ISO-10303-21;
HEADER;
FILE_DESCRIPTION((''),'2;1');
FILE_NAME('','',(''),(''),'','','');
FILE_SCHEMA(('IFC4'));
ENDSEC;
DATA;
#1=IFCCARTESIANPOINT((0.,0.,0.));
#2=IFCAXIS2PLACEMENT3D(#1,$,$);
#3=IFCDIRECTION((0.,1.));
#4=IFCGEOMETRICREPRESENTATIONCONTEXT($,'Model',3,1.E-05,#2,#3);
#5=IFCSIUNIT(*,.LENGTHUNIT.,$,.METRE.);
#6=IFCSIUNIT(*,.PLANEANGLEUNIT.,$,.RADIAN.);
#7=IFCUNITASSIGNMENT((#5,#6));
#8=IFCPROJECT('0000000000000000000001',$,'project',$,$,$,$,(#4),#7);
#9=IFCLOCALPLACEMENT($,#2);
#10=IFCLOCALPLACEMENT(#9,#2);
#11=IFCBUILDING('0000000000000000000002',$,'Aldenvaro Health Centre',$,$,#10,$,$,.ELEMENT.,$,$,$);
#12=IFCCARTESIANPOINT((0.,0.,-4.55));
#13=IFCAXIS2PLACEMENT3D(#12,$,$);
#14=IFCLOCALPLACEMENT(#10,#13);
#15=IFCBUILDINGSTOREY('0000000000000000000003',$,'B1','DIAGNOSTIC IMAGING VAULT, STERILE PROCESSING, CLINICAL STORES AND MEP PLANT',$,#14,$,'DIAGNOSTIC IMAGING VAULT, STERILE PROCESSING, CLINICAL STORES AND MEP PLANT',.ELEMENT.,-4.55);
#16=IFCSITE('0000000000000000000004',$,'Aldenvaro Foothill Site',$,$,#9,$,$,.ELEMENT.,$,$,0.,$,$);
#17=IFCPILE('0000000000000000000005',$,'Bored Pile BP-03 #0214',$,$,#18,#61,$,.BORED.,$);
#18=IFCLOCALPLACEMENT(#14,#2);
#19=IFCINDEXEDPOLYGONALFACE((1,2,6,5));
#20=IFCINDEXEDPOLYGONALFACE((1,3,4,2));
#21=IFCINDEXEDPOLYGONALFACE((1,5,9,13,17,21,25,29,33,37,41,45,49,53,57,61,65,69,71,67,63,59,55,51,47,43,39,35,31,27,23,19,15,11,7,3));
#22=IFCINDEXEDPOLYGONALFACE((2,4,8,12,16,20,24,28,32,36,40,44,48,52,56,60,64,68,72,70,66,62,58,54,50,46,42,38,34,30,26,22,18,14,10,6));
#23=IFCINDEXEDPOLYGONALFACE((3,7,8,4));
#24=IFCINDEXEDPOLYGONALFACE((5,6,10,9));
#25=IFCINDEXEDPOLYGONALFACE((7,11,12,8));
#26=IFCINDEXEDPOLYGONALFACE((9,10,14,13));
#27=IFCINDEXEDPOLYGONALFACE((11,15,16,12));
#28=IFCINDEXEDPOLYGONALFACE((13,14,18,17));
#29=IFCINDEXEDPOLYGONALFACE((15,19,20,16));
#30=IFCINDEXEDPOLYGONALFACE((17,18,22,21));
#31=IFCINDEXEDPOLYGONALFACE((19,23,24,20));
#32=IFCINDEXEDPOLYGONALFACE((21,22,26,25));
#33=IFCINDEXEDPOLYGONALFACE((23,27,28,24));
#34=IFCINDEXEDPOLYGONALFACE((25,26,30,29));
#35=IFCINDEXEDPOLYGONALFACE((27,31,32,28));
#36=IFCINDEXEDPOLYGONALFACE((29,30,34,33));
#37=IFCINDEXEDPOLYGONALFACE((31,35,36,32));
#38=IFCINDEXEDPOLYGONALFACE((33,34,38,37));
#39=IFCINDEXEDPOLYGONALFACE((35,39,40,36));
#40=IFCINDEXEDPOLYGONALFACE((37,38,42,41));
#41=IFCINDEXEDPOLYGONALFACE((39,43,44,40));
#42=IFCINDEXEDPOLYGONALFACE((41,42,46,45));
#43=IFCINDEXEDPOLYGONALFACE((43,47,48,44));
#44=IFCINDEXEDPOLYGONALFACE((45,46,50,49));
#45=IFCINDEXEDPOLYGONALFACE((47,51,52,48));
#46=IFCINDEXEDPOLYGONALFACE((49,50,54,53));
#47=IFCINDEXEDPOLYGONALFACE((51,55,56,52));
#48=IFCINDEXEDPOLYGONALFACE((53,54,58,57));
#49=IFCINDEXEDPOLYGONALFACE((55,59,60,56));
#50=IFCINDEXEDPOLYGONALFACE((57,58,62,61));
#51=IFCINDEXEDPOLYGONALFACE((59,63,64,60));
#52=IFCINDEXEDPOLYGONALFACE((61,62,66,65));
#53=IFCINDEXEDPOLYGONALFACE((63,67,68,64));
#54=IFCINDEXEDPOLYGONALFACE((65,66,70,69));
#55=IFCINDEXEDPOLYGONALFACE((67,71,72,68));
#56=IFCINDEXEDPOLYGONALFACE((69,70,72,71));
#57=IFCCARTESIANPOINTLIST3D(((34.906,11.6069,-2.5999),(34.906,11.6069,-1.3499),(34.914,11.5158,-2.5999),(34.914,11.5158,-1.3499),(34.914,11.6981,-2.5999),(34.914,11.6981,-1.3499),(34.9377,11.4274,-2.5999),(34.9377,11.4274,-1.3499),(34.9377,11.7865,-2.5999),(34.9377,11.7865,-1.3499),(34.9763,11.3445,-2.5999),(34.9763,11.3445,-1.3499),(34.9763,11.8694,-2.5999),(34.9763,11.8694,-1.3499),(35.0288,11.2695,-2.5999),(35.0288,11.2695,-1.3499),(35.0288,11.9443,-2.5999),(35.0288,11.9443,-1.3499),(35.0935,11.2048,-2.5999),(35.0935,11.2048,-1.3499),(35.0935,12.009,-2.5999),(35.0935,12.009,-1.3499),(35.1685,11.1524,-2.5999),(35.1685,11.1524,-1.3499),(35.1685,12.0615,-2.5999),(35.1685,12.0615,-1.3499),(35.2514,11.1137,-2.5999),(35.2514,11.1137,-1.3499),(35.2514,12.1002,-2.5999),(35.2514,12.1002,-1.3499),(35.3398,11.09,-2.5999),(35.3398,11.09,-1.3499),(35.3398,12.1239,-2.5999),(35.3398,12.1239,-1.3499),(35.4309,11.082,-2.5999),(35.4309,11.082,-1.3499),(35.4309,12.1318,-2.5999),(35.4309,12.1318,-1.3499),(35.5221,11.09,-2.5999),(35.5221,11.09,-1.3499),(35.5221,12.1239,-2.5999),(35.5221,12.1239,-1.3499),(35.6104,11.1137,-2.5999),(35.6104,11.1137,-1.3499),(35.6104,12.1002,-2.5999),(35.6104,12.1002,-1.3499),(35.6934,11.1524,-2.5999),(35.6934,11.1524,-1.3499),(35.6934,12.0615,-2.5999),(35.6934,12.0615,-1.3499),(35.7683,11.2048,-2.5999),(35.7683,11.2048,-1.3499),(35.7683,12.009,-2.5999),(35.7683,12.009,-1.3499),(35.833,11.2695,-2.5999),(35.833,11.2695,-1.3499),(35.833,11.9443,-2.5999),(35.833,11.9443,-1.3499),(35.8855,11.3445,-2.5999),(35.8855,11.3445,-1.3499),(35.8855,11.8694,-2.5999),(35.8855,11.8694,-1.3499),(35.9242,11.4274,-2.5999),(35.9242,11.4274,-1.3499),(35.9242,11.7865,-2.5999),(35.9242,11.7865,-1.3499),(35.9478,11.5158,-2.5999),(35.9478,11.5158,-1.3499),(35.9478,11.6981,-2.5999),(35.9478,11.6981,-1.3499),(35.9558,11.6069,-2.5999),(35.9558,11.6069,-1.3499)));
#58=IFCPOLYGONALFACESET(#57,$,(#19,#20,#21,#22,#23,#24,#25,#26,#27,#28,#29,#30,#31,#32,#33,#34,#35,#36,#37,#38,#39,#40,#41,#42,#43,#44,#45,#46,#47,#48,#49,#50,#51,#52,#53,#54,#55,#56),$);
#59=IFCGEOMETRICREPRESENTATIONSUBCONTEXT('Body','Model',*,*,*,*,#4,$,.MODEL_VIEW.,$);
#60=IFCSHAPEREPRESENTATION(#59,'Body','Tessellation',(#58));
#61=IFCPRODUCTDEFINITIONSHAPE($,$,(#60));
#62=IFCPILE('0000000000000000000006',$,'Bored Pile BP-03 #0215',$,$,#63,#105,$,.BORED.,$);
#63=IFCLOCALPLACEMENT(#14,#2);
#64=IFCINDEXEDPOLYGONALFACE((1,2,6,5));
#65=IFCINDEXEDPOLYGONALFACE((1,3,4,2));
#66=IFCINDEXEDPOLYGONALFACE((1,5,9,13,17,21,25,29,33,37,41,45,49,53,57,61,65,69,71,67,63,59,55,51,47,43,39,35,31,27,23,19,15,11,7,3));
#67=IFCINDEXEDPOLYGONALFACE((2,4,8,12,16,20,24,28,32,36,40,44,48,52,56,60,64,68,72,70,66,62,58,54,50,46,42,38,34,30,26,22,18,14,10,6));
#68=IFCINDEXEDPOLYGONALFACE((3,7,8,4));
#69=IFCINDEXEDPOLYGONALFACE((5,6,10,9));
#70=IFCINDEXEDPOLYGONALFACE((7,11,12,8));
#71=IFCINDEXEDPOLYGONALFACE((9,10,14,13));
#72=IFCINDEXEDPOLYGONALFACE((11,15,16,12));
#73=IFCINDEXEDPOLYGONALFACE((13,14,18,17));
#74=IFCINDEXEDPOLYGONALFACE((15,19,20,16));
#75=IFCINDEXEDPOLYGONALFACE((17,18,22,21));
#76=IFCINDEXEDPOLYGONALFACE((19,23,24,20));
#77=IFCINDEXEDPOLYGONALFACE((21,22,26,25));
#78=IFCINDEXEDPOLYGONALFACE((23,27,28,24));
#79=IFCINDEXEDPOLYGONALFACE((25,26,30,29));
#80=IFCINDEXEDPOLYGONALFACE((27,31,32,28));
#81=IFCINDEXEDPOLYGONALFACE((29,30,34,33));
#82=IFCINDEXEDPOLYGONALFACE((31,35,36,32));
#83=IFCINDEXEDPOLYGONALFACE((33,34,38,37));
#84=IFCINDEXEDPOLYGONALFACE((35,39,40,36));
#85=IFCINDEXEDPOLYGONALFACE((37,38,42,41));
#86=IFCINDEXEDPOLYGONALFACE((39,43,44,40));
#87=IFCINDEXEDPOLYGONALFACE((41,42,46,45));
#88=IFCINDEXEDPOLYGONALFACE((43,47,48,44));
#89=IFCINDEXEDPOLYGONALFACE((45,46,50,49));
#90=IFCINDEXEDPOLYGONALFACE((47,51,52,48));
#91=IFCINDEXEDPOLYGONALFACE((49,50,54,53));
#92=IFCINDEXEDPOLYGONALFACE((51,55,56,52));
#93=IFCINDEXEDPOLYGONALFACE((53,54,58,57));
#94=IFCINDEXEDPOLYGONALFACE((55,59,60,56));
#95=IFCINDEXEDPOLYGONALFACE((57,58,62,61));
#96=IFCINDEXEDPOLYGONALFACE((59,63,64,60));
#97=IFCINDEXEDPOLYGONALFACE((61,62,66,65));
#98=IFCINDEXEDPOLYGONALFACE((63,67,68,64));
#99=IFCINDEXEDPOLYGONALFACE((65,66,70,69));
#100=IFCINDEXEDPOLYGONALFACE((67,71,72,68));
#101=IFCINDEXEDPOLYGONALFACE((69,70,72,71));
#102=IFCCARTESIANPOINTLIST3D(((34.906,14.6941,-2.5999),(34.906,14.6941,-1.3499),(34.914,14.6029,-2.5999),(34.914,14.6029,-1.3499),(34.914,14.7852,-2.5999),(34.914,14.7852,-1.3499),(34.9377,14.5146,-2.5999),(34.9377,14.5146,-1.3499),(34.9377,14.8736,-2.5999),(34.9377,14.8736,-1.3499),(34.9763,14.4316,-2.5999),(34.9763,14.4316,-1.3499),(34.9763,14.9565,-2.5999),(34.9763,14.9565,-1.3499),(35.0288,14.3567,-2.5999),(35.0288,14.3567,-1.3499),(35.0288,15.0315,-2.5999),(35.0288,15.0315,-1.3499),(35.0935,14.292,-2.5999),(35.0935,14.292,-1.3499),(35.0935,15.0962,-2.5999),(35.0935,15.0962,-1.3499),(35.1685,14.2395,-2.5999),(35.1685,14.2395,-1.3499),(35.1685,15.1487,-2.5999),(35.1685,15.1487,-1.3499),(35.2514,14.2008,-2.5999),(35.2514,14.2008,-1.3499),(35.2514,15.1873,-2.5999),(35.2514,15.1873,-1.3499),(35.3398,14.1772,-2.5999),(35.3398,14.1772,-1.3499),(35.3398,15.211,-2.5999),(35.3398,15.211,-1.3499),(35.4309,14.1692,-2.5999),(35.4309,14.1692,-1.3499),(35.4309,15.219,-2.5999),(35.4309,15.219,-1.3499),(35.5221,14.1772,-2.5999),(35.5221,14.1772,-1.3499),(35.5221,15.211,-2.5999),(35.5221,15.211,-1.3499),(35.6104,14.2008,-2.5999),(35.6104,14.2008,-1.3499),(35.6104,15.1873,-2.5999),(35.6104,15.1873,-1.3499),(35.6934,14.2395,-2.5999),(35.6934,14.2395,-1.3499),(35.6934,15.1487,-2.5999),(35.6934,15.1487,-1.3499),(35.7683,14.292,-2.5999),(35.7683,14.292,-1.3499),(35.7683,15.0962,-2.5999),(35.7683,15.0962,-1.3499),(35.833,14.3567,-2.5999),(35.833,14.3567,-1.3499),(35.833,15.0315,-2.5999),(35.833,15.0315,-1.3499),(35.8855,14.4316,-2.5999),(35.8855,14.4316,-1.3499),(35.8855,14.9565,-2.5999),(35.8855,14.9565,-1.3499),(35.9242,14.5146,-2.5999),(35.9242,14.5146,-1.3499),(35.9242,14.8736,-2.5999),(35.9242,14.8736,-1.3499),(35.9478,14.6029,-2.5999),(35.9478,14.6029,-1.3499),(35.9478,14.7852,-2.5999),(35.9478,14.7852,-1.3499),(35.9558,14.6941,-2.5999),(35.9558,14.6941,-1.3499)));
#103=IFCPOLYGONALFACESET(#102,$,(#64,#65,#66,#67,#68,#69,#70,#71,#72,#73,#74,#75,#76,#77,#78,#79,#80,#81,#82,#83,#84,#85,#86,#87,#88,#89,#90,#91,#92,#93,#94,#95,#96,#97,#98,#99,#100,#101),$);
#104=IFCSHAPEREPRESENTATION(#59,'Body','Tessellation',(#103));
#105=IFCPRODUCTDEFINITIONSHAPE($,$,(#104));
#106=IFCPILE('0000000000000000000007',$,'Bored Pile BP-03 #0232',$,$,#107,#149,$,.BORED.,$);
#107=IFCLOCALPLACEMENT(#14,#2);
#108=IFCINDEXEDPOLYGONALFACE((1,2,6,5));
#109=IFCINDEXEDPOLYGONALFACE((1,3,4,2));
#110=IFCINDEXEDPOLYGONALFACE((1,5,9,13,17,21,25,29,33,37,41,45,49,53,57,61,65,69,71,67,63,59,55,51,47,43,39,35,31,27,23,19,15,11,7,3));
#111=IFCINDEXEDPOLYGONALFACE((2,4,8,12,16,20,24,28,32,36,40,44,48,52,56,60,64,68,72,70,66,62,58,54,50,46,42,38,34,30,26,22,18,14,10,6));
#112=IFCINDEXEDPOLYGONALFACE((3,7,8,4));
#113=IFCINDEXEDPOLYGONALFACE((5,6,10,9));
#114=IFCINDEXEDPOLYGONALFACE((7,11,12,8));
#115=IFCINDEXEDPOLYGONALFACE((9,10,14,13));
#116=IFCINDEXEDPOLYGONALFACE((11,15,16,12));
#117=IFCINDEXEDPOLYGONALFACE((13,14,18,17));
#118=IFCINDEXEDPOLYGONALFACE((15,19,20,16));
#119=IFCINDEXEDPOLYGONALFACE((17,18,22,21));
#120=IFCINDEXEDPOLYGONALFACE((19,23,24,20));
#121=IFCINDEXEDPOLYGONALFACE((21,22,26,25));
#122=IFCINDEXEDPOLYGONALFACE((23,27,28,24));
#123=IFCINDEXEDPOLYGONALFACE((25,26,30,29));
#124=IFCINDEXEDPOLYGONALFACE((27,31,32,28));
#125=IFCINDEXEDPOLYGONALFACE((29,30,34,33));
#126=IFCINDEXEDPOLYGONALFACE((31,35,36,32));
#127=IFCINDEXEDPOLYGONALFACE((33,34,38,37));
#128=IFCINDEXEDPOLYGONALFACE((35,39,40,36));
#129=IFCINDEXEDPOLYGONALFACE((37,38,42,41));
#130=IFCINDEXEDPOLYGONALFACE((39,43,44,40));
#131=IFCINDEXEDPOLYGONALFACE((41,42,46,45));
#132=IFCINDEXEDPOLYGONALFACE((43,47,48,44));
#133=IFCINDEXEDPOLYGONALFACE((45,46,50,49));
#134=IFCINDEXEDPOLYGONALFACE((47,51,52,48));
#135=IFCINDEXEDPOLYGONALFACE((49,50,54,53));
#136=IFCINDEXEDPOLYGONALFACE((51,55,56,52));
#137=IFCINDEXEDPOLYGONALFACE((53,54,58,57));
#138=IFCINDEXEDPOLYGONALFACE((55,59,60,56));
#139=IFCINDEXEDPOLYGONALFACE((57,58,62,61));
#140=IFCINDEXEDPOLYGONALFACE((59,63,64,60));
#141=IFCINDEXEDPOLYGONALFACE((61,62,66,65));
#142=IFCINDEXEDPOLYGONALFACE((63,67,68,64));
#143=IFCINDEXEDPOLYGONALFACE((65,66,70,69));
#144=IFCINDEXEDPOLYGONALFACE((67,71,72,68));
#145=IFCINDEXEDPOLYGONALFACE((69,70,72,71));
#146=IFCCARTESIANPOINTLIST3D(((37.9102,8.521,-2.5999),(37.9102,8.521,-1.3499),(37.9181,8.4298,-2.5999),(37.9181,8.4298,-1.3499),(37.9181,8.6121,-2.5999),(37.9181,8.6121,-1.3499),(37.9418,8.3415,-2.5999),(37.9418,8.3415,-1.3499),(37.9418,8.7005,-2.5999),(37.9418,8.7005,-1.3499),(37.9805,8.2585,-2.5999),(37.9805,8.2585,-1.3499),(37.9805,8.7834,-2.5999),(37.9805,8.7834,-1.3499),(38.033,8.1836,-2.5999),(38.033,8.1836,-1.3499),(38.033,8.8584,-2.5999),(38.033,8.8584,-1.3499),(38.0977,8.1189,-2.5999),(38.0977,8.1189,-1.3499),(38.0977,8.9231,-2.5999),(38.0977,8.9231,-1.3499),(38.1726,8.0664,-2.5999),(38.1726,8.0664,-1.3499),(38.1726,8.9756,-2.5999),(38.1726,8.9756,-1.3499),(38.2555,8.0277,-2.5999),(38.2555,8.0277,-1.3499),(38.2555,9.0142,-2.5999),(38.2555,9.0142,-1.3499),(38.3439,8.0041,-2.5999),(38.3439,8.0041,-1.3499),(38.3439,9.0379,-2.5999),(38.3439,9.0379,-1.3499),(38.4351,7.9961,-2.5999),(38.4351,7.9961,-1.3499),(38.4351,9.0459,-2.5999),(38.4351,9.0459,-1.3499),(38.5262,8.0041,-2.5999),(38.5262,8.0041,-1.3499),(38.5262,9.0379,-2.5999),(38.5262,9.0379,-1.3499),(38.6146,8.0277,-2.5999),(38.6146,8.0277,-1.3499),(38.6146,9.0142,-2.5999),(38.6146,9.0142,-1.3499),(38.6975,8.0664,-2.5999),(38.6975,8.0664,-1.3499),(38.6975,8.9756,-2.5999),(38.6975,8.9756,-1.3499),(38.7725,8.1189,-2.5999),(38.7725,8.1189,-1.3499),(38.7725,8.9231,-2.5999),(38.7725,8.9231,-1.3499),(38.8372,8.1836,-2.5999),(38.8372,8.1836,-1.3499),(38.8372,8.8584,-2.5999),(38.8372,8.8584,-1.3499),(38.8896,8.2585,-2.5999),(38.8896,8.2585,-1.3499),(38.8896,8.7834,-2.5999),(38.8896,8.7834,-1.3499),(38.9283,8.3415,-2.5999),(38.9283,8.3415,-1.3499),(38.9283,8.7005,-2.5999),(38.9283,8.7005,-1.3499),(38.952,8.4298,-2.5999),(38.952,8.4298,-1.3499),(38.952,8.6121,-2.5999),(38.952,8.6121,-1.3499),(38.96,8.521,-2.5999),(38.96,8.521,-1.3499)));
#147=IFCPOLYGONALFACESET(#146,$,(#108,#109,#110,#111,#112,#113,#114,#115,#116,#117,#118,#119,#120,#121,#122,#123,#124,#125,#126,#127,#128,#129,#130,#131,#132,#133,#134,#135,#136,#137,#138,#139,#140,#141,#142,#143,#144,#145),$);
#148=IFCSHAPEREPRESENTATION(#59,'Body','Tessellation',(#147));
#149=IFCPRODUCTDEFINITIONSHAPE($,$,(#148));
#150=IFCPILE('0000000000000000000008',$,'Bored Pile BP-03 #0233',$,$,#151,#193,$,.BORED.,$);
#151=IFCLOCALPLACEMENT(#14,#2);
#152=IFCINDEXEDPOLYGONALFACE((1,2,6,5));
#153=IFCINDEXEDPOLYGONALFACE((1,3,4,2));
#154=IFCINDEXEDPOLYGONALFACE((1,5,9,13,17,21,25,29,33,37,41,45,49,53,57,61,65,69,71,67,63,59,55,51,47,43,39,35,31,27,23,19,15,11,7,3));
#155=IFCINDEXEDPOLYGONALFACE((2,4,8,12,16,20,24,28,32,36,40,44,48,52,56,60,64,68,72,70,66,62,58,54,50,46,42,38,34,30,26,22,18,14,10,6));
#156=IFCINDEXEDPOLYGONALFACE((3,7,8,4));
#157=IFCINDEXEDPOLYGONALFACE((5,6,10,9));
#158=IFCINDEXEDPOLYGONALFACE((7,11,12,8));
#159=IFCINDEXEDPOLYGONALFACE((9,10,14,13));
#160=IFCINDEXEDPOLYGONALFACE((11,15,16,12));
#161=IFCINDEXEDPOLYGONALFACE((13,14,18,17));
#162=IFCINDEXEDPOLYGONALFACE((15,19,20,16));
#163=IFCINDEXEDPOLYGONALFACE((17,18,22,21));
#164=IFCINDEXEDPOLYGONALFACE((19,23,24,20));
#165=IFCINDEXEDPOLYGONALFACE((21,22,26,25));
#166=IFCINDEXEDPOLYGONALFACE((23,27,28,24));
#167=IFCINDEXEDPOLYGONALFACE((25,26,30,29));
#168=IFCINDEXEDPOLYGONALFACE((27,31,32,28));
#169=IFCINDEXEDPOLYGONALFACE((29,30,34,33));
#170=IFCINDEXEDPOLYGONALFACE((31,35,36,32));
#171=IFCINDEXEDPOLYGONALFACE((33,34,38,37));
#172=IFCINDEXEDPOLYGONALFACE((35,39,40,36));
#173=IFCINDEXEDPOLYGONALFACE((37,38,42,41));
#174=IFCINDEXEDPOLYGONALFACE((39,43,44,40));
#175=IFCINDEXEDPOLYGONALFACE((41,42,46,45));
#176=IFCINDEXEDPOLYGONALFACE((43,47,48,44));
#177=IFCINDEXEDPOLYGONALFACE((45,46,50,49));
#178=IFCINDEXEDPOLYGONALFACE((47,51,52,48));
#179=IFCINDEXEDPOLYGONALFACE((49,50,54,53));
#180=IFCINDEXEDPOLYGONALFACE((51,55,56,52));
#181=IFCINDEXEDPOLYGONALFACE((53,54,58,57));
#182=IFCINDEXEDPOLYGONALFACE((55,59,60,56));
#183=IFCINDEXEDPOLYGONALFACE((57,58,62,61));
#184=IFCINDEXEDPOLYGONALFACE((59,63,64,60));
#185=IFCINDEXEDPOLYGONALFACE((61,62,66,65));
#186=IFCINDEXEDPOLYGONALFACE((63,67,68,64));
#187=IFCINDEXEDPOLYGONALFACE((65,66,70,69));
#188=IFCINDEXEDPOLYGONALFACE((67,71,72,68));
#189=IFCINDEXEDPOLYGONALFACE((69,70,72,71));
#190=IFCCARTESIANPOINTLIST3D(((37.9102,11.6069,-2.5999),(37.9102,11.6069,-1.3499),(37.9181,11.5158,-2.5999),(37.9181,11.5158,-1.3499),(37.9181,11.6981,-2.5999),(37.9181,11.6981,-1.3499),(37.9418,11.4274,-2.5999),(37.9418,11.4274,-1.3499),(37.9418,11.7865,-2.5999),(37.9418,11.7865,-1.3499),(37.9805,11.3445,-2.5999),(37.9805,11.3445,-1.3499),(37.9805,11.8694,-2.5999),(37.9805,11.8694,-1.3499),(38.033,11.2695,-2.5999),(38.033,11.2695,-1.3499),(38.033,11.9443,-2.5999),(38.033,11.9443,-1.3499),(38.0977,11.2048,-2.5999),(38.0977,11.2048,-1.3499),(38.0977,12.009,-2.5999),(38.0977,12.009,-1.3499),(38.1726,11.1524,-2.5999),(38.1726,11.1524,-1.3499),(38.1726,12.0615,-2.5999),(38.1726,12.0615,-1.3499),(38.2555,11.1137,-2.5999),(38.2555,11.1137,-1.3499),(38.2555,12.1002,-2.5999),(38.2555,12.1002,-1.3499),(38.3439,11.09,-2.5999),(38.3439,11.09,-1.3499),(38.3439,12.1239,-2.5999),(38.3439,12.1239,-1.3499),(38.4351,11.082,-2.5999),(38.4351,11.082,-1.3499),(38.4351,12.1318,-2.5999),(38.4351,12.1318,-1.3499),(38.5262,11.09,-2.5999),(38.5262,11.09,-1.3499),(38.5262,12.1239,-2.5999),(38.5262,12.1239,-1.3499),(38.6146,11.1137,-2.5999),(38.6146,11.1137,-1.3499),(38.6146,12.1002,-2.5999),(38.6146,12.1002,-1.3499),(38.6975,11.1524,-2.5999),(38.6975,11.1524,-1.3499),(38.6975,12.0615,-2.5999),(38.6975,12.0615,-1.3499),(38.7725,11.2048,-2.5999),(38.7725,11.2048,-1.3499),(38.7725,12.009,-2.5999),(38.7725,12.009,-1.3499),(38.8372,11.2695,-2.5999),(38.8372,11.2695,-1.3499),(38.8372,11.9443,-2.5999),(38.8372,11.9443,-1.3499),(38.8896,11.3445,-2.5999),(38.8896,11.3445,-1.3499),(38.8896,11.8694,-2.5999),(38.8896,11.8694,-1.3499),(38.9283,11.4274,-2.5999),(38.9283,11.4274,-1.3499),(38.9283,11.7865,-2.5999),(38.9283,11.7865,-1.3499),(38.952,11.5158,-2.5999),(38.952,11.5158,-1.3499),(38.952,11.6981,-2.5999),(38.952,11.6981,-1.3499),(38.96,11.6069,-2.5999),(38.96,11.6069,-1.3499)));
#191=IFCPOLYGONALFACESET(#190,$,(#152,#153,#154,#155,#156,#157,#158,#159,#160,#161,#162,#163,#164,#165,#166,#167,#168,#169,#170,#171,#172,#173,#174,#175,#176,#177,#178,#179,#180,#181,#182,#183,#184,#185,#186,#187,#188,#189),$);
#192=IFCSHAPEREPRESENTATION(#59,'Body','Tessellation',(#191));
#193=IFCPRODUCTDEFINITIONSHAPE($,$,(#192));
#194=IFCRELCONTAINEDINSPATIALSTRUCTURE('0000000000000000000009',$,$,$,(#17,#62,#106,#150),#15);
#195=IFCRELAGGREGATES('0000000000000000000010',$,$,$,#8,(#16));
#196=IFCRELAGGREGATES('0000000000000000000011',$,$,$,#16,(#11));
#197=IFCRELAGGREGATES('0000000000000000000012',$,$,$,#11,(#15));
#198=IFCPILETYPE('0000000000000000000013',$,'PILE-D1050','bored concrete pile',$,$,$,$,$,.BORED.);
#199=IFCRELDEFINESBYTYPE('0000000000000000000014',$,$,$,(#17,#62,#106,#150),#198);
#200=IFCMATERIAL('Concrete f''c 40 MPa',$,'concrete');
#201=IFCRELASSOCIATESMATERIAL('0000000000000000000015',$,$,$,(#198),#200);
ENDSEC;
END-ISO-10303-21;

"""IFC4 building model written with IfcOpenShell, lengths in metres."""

from ifc_helpers import new_model, si_unit, direction, frame, origin, origin_2d, place, context, subcontext, project, spatial, circle, extrude, material, material_profile, profile_set, type_object, element, save


model = new_model("IFC4")

# Units and contexts
model_context = context("Model", 3, precision=1e-05, world=origin(), true_north=direction((0.0, 1.0)))
body_context = subcontext(model_context, "Body", "Model", "MODEL_VIEW")
ifc_project = project(units=[si_unit("LENGTHUNIT", "METRE"), si_unit("PLANEANGLEUNIT", "RADIAN")], contexts=[model_context])

# Site, building, storey
site_placement = place(None, origin())
site = spatial("IfcSite", under=ifc_project, at=site_placement, Name="Aldenvaro Foothill Site", CompositionType="ELEMENT", RefElevation=0.0)
building_placement = place(site_placement, origin())
building = spatial("IfcBuilding", under=site, at=building_placement, Name="Aldenvaro Health Centre", CompositionType="ELEMENT")
storey_placement = place(building_placement, frame((0.0, 0.0, -4.55)))
storey = spatial("IfcBuildingStorey", under=building, at=storey_placement, Name="B1", Description="DIAGNOSTIC IMAGING VAULT, STERILE PROCESSING, CLINICAL STORES AND MEP PLANT", LongName="DIAGNOSTIC IMAGING VAULT, STERILE PROCESSING, CLINICAL STORES AND MEP PLANT", CompositionType="ELEMENT", Elevation=-4.55)

# Piles
ifc_material_1 = material(Name="Concrete f'c 40 MPa", Category="concrete")
ifc_material_profile_1 = material_profile(ifc_material_1, circle(Radius=0.5249, at=origin_2d()), Name="PILE D1050", Category="concrete")
ifc_profile_set_1 = profile_set([ifc_material_profile_1], Name="Concrete f'c 40 MPa")
pile_type = type_object("IfcPileType", Name="PILE-D1050", Description="bored concrete pile", PredefinedType="BORED", material=ifc_profile_set_1)
for number, where, z_axis, x_axis, name in (
    (1, (35.4309, 11.6069, -1.3499), (0.0, 0.0, -1.0), (1.0, 0.0, 0.0), "Bored Pile BP-03 #0214"),
    (2, (35.4309, 14.6941, -1.3499), (0.0, 0.0, -1.0), (1.0, 0.0, 0.0), "Bored Pile BP-03 #0215"),
    (3, (38.4351, 8.521, -1.3499), (0.0, 0.0, -1.0), (1.0, 0.0, 0.0), "Bored Pile BP-03 #0232"),
    (4, (38.4351, 11.6069, -1.3499), (0.0, 0.0, -1.0), (1.0, 0.0, 0.0), "Bored Pile BP-03 #0233"),
):
    element("IfcPile", number, at=place(storey_placement, frame(where, z_axis=z_axis, x_axis=x_axis)), inside=storey, type_object=pile_type, Name=name, PredefinedType="BORED", context=body_context, shape_type="SweptSolid", body=[
        extrude(circle(Radius=0.5249, at=origin_2d()), origin(), (0.0, 0.0, 1.0), 1.25),
    ])

save(model, "model.ifc")
